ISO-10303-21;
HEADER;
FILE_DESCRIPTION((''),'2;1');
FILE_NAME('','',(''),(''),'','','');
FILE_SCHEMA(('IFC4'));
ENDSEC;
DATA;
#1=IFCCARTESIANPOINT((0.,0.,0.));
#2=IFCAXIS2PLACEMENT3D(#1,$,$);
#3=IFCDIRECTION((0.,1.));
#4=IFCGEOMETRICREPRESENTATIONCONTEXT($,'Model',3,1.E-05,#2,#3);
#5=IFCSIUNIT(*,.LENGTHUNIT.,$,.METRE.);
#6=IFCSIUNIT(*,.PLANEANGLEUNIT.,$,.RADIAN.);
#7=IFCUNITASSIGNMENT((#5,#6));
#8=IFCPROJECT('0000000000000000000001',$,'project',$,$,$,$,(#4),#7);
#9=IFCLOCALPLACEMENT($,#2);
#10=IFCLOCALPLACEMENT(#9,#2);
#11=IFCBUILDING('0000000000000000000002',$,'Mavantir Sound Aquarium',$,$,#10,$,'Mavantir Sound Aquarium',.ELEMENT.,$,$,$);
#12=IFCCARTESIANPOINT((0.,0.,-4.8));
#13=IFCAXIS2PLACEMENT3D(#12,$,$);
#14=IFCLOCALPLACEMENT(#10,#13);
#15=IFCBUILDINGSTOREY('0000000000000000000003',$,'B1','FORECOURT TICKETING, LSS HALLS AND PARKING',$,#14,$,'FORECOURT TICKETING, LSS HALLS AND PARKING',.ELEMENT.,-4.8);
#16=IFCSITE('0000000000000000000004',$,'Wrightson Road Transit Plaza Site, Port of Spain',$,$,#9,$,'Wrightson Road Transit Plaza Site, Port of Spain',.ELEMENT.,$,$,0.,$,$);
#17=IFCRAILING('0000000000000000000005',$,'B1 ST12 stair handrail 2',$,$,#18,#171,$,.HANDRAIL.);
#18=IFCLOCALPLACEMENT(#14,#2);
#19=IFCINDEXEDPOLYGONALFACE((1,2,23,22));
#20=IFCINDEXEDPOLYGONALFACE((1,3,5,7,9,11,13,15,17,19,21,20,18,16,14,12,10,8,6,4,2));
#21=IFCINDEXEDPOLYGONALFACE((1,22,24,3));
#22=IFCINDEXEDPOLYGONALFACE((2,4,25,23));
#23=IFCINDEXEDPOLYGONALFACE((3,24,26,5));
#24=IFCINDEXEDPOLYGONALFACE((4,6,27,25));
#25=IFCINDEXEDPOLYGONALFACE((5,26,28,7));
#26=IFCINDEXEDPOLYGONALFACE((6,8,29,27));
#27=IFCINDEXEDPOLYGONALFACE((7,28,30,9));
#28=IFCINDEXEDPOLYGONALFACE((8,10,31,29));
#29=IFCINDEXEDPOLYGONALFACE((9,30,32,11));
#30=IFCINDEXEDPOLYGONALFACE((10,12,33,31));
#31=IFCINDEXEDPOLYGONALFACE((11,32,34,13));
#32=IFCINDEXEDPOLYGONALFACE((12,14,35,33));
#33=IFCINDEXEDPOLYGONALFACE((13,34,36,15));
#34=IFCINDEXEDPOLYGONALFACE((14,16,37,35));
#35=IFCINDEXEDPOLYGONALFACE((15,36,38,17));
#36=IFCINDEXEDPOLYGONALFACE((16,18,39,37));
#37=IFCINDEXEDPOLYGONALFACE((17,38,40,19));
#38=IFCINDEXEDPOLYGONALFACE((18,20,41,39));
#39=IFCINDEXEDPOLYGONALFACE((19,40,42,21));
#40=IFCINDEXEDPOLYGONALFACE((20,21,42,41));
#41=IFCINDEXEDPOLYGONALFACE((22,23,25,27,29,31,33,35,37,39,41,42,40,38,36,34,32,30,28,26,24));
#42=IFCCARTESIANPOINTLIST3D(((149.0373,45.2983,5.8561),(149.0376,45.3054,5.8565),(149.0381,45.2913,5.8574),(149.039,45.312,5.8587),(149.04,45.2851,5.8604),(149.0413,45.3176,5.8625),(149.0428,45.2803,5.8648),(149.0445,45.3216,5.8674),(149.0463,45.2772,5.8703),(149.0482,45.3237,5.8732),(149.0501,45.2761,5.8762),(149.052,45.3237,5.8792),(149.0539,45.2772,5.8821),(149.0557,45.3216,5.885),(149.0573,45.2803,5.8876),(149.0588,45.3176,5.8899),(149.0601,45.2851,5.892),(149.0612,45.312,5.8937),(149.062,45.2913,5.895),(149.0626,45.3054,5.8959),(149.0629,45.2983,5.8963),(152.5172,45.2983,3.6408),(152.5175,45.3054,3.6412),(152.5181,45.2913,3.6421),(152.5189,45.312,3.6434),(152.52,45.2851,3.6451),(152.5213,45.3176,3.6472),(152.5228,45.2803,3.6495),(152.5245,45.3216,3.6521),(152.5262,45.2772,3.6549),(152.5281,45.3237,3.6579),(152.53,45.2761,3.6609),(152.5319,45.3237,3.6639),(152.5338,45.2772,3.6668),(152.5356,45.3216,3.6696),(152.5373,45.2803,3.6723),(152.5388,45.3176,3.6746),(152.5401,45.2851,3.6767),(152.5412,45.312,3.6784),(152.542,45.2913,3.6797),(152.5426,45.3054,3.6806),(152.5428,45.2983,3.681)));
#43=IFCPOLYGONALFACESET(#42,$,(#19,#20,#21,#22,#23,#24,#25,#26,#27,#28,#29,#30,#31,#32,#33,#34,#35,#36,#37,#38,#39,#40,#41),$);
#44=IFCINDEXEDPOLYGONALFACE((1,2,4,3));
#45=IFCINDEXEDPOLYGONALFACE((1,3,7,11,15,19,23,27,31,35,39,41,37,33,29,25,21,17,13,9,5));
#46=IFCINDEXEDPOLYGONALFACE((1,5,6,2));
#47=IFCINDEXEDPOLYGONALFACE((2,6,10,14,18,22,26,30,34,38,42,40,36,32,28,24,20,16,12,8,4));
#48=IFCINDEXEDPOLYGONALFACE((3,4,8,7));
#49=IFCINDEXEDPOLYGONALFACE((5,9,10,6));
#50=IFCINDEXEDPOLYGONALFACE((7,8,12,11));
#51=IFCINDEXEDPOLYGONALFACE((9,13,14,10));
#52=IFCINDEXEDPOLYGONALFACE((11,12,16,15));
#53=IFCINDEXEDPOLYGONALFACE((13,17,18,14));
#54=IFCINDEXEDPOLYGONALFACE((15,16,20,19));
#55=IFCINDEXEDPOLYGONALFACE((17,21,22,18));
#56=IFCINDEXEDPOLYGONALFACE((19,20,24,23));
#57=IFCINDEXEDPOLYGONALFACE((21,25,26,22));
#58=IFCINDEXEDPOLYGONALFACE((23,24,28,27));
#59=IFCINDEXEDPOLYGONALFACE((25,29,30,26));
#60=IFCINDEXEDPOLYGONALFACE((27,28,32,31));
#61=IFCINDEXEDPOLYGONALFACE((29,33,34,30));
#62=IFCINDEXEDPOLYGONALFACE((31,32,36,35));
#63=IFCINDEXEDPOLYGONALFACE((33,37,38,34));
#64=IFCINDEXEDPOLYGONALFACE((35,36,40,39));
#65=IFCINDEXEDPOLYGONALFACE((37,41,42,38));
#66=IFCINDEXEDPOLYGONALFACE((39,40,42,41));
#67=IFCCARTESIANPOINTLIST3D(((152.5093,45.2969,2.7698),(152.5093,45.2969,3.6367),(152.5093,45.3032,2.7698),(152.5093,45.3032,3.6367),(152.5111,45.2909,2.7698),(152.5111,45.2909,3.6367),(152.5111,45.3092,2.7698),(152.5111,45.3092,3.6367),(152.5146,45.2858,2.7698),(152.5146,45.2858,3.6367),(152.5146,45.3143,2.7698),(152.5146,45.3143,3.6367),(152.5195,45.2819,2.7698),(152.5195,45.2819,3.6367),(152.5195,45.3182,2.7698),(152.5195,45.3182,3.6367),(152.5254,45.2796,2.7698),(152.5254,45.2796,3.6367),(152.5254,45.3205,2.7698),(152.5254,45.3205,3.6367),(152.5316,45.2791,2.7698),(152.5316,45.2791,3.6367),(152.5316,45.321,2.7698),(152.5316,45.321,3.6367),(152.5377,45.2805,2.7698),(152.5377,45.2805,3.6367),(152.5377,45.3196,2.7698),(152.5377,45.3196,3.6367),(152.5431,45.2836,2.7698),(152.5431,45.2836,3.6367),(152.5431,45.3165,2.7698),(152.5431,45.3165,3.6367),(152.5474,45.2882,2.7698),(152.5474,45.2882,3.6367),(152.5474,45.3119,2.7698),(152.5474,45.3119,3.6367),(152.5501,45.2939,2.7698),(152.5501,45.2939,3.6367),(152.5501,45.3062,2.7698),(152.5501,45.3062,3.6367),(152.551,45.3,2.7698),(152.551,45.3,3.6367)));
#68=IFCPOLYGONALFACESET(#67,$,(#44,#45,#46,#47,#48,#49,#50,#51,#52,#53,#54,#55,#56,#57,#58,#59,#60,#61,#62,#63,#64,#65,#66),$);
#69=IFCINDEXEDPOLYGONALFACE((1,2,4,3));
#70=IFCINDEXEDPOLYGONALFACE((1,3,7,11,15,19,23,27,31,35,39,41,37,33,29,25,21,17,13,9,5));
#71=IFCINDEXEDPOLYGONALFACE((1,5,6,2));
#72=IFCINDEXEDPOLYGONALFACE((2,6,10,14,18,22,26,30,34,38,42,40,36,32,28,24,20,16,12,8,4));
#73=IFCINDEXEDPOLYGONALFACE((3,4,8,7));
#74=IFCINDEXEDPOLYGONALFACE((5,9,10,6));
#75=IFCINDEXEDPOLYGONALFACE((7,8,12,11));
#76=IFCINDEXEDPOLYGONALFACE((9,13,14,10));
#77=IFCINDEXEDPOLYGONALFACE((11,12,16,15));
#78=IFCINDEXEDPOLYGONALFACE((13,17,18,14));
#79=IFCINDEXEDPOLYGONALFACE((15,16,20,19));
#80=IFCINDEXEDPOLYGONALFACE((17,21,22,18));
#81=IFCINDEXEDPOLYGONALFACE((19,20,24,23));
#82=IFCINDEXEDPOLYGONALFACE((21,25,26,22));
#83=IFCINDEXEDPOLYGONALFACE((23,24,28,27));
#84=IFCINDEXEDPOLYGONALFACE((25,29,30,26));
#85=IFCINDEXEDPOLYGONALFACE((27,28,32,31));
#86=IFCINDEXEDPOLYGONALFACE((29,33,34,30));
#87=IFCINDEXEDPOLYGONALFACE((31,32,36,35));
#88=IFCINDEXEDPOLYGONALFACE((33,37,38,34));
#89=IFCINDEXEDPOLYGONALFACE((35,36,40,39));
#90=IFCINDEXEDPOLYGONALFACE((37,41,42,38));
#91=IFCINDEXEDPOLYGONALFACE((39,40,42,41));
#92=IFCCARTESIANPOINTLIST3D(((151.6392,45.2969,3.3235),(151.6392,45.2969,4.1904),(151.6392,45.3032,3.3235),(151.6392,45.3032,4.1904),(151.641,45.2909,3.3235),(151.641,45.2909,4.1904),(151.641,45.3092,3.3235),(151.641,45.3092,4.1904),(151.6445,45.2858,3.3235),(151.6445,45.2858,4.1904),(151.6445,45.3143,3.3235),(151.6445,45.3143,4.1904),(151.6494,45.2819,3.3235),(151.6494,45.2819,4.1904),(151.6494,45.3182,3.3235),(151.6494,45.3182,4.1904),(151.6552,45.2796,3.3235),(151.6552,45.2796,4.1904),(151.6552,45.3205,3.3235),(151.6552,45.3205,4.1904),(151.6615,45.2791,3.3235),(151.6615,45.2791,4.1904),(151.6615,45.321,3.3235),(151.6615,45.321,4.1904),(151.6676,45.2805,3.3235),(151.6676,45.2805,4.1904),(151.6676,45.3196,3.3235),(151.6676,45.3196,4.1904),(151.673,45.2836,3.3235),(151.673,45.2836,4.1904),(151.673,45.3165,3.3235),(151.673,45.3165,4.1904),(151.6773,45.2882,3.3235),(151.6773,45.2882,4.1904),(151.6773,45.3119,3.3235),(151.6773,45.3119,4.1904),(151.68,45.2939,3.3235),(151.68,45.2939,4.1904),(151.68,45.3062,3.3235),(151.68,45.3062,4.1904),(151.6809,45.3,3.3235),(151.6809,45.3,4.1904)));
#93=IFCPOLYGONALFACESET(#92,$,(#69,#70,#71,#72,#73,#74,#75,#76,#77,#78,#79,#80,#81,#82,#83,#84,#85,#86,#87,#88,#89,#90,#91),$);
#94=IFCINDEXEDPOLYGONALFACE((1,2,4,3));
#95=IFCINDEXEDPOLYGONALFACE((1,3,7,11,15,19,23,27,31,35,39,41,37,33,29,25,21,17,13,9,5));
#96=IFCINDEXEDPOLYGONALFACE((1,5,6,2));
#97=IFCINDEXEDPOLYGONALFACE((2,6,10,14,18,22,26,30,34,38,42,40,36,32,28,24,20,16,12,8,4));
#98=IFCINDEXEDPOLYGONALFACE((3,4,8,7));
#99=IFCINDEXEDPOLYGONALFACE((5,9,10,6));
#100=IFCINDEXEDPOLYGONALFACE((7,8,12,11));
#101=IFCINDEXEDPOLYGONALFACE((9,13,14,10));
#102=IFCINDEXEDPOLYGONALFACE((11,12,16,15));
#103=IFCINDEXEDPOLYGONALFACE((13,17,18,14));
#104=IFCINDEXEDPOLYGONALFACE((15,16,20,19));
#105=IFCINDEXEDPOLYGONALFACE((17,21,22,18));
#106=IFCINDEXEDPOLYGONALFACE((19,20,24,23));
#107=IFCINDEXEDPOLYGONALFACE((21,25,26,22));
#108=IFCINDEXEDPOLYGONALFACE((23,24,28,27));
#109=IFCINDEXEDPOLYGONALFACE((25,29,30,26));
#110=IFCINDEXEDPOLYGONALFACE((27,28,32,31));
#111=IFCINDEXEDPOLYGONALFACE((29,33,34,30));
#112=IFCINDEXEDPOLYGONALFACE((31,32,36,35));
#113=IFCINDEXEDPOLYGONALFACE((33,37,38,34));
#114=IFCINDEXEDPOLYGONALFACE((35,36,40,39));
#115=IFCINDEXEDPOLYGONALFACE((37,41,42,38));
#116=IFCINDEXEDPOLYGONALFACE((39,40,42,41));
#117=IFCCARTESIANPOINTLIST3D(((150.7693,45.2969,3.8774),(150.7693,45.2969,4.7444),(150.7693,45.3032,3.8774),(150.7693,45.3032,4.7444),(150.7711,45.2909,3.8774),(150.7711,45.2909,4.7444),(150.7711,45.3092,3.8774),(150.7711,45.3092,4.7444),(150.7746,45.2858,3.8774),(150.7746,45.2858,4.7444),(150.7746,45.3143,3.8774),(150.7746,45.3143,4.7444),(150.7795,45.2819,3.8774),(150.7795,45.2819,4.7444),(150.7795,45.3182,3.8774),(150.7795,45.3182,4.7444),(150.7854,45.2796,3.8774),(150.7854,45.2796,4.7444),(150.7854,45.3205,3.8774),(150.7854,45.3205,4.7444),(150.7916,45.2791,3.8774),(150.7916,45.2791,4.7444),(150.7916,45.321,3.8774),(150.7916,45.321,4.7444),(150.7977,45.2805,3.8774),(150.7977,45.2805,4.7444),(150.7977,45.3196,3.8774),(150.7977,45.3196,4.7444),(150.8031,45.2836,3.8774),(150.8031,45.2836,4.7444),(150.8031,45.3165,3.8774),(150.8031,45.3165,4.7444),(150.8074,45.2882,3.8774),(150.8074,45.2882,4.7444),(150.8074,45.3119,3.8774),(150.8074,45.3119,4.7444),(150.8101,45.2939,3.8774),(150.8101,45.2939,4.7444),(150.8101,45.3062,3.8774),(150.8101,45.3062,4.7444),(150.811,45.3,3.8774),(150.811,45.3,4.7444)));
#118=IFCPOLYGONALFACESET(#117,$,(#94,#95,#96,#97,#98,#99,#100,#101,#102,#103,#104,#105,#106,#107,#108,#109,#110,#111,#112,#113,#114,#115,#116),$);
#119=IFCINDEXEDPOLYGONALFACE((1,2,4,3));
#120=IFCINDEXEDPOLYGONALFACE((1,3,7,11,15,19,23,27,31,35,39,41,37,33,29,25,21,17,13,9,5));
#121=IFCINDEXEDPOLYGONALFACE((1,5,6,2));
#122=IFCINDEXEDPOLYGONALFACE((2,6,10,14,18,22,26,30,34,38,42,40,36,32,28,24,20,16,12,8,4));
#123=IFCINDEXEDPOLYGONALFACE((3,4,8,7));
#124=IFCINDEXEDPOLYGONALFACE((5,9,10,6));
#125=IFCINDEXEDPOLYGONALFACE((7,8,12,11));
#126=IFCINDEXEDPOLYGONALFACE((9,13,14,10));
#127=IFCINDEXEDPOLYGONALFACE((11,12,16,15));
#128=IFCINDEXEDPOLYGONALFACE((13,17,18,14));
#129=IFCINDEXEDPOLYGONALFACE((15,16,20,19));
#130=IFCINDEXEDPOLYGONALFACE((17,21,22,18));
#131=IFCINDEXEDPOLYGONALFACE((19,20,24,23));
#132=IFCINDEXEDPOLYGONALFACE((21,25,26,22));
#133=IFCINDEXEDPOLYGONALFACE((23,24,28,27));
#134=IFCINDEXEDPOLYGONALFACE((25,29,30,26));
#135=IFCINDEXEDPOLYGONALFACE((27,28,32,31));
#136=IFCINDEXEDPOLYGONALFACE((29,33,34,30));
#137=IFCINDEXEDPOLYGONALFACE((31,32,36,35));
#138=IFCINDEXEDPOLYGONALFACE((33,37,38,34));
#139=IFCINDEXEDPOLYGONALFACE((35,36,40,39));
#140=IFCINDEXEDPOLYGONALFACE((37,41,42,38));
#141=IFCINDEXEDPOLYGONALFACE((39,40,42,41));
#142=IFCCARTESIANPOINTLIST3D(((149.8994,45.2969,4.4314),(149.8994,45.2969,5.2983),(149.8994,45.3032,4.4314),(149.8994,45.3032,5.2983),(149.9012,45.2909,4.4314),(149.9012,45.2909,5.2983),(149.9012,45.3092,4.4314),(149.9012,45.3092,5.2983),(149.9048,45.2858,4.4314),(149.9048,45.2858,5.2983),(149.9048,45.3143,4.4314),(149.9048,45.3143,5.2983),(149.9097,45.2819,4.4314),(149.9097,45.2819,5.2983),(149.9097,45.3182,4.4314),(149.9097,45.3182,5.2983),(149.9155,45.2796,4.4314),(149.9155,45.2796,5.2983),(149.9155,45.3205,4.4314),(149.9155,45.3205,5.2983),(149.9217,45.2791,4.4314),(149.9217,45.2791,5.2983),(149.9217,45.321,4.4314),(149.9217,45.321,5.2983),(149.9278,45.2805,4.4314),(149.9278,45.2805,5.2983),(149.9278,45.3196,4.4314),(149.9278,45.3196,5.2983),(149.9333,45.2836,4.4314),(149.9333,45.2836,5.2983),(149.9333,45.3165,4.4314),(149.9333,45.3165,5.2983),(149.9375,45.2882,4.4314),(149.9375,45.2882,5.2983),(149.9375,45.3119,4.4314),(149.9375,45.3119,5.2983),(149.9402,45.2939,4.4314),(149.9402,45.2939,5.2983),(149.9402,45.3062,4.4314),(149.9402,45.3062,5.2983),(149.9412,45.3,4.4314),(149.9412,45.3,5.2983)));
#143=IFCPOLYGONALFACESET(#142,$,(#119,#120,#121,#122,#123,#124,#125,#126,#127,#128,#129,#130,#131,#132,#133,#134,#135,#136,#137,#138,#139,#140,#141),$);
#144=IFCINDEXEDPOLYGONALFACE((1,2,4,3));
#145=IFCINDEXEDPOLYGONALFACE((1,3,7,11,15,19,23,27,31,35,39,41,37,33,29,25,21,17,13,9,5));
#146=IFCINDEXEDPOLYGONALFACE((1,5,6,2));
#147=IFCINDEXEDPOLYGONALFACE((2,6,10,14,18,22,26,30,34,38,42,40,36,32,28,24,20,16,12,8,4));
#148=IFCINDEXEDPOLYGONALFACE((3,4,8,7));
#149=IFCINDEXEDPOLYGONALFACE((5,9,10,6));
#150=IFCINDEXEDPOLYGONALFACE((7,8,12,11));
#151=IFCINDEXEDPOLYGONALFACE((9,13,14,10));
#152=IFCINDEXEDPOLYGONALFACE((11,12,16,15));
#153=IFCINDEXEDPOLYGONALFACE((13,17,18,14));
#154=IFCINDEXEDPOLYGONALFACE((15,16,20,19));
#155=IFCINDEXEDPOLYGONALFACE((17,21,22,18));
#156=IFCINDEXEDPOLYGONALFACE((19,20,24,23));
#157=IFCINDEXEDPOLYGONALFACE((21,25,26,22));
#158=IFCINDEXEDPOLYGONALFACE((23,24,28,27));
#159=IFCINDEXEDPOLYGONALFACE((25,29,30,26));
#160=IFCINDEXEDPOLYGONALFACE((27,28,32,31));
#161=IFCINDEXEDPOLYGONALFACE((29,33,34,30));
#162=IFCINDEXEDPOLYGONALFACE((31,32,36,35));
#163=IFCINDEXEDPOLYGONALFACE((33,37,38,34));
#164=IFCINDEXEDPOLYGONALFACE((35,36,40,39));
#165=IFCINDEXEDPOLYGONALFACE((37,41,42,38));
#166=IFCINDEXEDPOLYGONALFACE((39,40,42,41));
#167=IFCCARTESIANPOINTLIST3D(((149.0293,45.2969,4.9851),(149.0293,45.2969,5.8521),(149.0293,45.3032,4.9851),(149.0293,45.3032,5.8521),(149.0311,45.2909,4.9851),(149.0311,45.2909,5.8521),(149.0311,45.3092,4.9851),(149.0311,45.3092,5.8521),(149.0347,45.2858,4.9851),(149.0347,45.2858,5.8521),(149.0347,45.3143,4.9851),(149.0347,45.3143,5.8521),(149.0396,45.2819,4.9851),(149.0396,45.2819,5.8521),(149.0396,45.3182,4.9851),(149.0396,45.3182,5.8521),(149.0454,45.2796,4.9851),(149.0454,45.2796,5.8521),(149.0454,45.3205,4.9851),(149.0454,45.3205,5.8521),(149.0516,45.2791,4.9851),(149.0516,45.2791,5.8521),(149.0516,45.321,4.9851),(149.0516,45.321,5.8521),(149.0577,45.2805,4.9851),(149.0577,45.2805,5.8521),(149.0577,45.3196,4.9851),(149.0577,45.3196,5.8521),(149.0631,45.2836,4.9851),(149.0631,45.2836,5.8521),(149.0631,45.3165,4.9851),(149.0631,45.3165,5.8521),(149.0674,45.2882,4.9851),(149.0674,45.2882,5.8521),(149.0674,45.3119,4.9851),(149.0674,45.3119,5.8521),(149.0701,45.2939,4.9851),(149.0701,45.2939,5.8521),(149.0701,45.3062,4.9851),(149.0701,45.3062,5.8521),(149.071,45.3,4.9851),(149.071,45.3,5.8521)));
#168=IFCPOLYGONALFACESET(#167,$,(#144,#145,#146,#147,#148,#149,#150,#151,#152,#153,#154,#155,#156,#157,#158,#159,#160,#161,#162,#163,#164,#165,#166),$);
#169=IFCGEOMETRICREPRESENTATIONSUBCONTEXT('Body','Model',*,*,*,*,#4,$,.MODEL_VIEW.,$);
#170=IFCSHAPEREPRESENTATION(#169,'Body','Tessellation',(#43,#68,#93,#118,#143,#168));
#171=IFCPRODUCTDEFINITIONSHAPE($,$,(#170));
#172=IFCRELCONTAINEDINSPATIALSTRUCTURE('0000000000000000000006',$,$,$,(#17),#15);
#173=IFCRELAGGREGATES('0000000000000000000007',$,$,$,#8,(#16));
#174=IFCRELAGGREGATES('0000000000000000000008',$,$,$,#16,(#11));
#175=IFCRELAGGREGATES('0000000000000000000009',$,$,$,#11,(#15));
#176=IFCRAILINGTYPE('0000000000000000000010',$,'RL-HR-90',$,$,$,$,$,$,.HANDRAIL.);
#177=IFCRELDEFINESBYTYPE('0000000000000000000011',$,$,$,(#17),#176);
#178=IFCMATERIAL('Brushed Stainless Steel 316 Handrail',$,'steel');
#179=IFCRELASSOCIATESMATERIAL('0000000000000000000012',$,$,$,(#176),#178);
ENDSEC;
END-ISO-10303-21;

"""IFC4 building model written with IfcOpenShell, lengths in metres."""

from ifc_helpers import new_model, si_unit, direction, frame, origin, origin_2d, place, context, subcontext, project, spatial, circle, extrude, material, type_object, element, save


model = new_model("IFC4")

# Units and contexts
model_context = context("Model", 3, precision=1e-05, world=origin(), true_north=direction((0.0, 1.0)))
body_context = subcontext(model_context, "Body", "Model", "MODEL_VIEW")
ifc_project = project(units=[si_unit("LENGTHUNIT", "METRE"), si_unit("PLANEANGLEUNIT", "RADIAN")], contexts=[model_context])

# Site, building, storey
site_placement = place(None, origin())
site = spatial("IfcSite", under=ifc_project, at=site_placement, Name="Wrightson Road Transit Plaza Site, Port of Spain", LongName="Wrightson Road Transit Plaza Site, Port of Spain", CompositionType="ELEMENT", RefElevation=0.0)
building_placement = place(site_placement, origin())
building = spatial("IfcBuilding", under=site, at=building_placement, Name="Mavantir Sound Aquarium", LongName="Mavantir Sound Aquarium", CompositionType="ELEMENT")
storey_placement = place(building_placement, frame((0.0, 0.0, -4.8)))
storey = spatial("IfcBuildingStorey", under=building, at=storey_placement, Name="B1", Description="FORECOURT TICKETING, LSS HALLS AND PARKING", LongName="FORECOURT TICKETING, LSS HALLS AND PARKING", CompositionType="ELEMENT", Elevation=-4.8)

# Railing
ifc_material_1 = material(Name="Brushed Stainless Steel 316 Handrail", Category="steel")
railing_type_1 = type_object("IfcRailingType", Name="RL-HR-90", PredefinedType="HANDRAIL", material=ifc_material_1)
railing_1_placement = place(storey_placement, frame((152.53, 45.3, 2.7698)))
element("IfcRailing", 1, at=railing_1_placement, inside=storey, type_object=railing_type_1, Name="B1 ST12 stair handrail 2", PredefinedType="HANDRAIL", context=body_context, shape_type="SweptSolid", body=[
    extrude(circle(Radius=0.0239, at=origin_2d()), frame((0.0, 0.0, 0.8911), z_axis=(-0.843574, 0.0, 0.537013), x_axis=(0.0, -1.0, 0.0)), (0.0, 0.0, 1.0), 4.1252),
    extrude(circle(Radius=0.021, at=origin_2d()), origin(), (0.0, 0.0, 1.0), 0.8669),
    extrude(circle(Radius=0.021, at=origin_2d()), frame((-0.8701, 0.0, 0.5537)), (0.0, 0.0, 1.0), 0.8669),
    extrude(circle(Radius=0.021, at=origin_2d()), frame((-1.74, 0.0, 1.1077)), (0.0, 0.0, 1.0), 0.8669),
    extrude(circle(Radius=0.021, at=origin_2d()), frame((-2.6099, 0.0, 1.6616)), (0.0, 0.0, 1.0), 0.8669),
    extrude(circle(Radius=0.021, at=origin_2d()), frame((-3.48, 0.0, 2.2153)), (0.0, 0.0, 1.0), 0.8669),
])

save(model, "model.ifc")
